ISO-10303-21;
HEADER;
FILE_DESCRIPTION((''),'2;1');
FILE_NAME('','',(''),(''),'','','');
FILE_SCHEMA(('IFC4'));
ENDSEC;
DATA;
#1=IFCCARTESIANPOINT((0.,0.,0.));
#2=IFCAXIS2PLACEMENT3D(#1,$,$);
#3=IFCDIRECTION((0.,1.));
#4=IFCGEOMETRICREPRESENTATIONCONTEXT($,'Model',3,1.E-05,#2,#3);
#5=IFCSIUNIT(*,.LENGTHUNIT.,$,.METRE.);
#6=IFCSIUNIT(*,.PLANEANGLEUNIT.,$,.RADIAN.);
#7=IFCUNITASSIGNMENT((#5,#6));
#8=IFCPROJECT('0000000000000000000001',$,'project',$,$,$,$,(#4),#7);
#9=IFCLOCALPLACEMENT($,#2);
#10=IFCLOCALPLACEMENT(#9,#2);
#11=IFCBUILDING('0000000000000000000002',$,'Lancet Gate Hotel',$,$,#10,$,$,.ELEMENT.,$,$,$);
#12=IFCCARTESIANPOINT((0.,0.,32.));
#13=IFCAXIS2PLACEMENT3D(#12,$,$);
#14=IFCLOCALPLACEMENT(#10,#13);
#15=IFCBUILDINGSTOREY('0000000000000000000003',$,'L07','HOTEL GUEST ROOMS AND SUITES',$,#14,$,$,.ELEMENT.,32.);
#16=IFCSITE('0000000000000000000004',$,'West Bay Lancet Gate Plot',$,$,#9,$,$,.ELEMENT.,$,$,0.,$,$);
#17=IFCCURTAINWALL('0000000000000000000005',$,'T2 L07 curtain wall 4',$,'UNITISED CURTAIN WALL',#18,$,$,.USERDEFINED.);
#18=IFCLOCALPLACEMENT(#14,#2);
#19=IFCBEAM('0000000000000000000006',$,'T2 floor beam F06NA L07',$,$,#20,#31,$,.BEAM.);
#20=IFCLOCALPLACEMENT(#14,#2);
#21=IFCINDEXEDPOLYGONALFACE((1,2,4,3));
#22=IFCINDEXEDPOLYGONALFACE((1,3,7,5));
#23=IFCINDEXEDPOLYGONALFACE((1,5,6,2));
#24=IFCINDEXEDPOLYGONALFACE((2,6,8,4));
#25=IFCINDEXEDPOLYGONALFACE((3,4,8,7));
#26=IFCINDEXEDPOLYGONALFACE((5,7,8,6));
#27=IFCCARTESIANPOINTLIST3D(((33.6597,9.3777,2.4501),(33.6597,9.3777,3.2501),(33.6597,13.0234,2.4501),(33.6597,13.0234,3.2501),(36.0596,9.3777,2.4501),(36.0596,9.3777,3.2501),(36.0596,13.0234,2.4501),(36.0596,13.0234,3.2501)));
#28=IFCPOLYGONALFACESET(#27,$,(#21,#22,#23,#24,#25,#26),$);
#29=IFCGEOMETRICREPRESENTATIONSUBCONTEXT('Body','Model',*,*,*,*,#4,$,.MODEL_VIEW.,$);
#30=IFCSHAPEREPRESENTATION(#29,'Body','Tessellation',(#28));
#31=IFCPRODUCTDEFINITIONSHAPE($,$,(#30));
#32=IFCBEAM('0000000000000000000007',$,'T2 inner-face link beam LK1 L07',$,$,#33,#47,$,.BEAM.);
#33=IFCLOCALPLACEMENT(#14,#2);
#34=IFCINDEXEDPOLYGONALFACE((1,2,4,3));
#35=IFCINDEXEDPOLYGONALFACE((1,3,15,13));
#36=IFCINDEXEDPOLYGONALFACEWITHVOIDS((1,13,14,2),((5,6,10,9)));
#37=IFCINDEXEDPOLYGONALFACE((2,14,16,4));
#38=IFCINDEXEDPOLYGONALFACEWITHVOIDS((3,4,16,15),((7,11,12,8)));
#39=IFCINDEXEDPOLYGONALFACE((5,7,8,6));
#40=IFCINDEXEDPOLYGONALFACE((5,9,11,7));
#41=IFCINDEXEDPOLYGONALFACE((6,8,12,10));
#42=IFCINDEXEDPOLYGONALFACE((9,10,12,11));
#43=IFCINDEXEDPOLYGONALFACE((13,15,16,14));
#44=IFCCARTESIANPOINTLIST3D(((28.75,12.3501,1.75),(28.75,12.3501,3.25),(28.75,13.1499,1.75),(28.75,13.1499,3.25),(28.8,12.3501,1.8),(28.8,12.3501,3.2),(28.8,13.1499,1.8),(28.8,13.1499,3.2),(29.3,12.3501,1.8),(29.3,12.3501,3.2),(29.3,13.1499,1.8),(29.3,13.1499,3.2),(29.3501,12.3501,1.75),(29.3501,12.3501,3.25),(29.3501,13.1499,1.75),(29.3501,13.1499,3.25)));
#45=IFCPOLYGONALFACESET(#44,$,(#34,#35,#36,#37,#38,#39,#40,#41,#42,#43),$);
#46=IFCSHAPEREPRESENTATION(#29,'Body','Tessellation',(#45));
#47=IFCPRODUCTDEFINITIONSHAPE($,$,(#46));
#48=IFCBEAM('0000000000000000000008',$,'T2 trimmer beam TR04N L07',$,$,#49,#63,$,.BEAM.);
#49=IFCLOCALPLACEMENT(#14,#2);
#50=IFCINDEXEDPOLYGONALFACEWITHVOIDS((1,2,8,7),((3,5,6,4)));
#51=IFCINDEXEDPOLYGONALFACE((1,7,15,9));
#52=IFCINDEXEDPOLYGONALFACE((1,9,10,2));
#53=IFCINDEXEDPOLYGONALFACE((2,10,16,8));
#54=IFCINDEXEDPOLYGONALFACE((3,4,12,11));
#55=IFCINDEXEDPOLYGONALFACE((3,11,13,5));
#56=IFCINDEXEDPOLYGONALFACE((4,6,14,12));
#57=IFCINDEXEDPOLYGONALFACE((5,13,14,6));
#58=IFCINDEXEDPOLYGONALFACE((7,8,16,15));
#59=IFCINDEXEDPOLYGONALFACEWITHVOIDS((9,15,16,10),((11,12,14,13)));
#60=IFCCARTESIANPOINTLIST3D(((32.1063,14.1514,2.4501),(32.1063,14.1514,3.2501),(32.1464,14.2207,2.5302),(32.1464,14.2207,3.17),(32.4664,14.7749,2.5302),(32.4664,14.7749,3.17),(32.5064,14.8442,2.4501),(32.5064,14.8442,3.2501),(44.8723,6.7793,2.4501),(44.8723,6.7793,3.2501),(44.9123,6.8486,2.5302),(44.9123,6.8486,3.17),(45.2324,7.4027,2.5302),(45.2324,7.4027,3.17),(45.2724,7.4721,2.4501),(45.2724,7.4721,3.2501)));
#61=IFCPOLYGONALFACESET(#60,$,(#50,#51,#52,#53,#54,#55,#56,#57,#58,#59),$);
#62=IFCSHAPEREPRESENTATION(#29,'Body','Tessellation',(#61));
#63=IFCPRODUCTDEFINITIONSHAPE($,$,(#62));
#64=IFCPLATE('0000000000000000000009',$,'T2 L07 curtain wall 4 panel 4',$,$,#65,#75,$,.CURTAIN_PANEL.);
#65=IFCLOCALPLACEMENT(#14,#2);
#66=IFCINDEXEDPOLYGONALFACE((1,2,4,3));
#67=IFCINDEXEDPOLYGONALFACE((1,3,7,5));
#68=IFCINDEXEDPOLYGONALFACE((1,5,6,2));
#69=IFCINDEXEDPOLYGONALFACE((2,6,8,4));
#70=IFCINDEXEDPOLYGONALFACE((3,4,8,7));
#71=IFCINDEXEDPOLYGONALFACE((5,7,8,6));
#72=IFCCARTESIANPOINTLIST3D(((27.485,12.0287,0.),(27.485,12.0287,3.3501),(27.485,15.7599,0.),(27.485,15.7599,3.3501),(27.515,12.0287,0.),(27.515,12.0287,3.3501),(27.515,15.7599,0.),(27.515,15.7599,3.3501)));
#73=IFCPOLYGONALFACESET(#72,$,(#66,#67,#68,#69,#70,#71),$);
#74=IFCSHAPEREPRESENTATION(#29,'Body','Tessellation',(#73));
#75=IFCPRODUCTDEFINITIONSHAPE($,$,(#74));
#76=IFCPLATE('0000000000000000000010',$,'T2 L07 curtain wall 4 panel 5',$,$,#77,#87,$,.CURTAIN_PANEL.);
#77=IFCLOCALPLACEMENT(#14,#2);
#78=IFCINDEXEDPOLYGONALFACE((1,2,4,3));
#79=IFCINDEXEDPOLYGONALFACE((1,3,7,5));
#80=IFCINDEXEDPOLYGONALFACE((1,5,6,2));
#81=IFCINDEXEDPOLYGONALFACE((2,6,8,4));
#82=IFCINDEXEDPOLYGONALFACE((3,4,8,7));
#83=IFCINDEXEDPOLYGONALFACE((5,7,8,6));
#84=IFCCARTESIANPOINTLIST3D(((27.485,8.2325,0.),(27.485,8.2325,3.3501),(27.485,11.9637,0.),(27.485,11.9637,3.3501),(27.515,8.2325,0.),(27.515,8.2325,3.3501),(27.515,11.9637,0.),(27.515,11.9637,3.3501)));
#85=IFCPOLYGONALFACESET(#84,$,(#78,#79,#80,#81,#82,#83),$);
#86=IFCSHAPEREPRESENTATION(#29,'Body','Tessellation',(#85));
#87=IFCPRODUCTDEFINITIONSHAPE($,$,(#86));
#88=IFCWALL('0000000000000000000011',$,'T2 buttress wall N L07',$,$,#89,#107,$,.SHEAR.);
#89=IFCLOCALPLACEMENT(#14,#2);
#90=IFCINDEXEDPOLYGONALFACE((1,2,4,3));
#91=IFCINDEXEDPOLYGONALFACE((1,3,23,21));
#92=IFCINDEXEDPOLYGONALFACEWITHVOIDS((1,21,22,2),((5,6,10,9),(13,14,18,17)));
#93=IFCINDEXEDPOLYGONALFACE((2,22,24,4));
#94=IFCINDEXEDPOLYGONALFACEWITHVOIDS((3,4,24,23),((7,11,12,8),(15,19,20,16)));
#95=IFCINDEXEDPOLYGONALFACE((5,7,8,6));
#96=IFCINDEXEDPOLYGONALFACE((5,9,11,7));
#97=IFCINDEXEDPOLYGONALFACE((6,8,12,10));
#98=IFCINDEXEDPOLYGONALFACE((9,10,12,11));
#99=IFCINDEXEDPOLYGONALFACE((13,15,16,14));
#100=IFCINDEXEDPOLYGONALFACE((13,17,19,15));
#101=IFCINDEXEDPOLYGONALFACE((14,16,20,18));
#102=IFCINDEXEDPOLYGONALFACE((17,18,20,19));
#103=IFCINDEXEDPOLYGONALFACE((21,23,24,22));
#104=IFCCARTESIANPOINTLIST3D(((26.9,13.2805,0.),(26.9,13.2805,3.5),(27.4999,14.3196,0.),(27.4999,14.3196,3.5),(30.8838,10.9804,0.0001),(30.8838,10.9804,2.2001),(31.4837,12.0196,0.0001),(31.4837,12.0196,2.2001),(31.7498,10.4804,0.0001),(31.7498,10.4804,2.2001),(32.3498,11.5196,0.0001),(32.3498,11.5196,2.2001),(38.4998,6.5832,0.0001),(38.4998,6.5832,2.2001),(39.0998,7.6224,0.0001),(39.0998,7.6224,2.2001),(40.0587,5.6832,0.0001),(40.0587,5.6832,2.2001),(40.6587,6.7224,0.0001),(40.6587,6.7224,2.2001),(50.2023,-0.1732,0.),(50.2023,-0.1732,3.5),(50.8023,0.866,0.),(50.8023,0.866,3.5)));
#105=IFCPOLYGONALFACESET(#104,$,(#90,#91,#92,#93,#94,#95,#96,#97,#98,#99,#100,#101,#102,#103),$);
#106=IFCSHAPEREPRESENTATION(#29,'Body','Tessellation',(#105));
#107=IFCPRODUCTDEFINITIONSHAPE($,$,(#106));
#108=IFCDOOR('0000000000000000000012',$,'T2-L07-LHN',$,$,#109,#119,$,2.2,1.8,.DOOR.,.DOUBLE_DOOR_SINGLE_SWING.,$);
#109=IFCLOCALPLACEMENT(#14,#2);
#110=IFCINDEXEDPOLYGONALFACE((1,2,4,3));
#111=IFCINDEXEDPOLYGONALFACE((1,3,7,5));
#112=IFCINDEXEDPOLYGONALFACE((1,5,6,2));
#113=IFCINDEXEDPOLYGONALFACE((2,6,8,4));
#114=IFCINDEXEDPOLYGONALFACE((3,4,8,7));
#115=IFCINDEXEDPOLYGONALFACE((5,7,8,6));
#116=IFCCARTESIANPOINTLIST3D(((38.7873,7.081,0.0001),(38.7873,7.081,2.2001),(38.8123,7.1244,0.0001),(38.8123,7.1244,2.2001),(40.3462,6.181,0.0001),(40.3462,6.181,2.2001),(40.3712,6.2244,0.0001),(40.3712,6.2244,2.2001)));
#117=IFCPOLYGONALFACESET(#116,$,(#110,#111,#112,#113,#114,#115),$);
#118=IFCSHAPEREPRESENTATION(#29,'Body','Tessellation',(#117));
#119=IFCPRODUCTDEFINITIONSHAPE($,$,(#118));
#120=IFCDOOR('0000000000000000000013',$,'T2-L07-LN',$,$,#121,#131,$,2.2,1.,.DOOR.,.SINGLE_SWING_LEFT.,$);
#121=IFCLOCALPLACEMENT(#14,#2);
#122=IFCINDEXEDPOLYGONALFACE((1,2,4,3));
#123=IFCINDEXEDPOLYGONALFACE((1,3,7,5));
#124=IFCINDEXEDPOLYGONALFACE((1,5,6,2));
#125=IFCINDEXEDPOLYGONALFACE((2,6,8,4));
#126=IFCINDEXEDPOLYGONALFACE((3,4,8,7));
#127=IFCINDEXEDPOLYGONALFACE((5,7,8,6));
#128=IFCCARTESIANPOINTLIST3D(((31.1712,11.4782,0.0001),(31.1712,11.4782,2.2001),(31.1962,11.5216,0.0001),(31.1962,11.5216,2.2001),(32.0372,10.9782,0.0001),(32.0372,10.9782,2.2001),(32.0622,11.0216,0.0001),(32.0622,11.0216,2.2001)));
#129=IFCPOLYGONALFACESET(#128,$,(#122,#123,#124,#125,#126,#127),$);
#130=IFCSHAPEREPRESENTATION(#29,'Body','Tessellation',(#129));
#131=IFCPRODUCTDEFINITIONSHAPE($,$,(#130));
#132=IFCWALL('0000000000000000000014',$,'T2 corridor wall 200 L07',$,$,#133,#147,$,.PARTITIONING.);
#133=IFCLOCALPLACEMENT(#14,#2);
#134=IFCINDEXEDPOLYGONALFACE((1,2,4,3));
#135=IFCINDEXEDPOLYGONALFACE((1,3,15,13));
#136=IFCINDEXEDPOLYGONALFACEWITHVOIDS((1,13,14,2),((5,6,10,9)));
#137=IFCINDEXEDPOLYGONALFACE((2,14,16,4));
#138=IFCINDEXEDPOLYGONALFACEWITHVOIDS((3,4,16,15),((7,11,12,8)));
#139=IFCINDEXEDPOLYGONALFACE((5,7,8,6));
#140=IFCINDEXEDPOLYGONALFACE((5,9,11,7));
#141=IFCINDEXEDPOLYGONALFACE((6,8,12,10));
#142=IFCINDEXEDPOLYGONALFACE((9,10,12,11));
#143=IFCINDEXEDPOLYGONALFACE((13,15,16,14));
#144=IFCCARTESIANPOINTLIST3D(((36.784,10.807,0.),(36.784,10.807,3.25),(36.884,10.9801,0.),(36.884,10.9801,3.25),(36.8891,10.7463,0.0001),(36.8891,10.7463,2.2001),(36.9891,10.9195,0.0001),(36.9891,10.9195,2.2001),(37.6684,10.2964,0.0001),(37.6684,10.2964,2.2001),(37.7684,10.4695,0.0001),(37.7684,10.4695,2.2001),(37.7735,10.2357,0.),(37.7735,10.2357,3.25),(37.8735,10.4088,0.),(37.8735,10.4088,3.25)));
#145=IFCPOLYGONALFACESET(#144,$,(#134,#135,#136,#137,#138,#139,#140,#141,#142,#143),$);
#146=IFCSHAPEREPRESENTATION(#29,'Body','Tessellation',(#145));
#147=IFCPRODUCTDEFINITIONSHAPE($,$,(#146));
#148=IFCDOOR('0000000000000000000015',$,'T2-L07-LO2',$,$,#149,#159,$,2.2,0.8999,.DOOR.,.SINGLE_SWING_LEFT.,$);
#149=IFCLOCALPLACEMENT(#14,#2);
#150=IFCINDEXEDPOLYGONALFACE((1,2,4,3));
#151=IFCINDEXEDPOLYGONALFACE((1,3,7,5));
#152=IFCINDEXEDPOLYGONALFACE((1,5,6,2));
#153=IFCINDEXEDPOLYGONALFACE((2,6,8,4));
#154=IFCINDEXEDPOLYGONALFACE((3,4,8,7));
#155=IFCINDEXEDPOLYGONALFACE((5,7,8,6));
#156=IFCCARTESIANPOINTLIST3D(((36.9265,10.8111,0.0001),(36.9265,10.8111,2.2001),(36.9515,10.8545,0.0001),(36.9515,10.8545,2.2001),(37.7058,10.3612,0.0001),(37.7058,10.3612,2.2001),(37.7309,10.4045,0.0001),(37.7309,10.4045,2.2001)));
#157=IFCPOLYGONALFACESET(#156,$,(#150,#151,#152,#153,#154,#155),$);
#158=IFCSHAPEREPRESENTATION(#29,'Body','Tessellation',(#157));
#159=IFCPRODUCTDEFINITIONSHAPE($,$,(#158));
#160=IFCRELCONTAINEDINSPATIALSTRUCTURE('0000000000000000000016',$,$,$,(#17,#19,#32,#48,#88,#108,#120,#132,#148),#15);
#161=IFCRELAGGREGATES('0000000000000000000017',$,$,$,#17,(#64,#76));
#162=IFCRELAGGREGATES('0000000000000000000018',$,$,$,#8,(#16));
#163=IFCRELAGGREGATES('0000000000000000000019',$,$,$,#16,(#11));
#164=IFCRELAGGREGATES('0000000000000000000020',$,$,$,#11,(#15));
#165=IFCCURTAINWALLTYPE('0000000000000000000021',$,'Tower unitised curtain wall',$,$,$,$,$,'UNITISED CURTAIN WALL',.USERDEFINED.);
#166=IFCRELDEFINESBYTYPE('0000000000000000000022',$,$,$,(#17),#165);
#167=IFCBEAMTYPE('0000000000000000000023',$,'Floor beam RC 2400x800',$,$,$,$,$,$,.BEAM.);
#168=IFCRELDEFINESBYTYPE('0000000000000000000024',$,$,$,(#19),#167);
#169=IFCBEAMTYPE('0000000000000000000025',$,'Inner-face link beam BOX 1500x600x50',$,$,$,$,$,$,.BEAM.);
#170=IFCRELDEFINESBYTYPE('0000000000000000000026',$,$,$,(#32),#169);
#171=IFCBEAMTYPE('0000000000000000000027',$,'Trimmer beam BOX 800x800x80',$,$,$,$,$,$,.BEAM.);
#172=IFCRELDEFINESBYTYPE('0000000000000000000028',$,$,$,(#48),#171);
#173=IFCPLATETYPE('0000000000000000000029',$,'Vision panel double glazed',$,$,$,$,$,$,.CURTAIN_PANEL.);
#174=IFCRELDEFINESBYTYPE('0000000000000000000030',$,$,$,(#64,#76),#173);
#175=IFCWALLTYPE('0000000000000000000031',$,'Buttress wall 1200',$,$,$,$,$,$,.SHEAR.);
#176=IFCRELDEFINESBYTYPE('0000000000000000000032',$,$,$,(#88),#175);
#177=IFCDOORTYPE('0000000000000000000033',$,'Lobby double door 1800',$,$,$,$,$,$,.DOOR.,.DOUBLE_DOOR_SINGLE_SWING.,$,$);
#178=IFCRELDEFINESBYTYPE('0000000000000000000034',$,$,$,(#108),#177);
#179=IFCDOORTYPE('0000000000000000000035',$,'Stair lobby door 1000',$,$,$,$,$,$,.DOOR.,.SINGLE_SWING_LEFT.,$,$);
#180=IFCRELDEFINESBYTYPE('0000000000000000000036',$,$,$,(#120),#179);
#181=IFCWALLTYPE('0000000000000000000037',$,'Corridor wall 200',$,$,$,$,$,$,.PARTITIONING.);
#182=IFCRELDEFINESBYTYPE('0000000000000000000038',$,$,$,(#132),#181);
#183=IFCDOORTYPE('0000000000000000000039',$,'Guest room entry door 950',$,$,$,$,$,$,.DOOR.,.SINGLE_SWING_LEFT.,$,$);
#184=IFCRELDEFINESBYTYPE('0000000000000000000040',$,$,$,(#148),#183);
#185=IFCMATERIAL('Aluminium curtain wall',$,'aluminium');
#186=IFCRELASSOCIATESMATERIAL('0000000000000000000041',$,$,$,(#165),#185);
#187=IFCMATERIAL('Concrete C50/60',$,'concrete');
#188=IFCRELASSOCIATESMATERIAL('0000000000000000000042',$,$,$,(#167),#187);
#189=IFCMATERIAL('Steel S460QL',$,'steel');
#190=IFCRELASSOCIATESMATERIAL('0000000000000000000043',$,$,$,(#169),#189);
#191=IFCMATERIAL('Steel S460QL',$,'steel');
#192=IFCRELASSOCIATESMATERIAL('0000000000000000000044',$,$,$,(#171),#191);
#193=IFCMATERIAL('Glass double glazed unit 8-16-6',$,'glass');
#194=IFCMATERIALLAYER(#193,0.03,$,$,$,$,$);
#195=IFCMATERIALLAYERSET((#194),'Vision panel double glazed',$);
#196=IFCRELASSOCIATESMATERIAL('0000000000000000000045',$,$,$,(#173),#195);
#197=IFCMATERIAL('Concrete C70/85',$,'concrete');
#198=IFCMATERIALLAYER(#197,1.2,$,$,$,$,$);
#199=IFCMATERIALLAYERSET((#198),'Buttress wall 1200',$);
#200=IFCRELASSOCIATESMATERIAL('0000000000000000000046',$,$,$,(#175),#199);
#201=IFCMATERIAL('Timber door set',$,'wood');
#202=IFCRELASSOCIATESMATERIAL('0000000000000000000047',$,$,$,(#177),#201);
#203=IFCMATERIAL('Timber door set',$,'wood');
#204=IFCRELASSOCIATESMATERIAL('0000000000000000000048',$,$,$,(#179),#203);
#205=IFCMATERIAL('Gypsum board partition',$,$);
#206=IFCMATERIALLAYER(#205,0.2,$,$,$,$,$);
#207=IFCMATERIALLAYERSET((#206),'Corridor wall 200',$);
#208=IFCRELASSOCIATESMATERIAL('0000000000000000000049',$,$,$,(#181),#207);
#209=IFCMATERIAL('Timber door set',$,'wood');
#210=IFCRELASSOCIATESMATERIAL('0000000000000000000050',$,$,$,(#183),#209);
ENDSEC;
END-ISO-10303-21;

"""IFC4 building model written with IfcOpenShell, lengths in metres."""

from ifc_helpers import new_model, si_unit, direction, frame, frame_2d, origin, origin_2d, place, context, subcontext, project, spatial, rectangle, hollow_rectangle, extrude, material, layer, layer_set, material_profile, profile_set, type_object, element, fill, aggregate, save


model = new_model("IFC4")

# Units and contexts
model_context = context("Model", 3, precision=1e-05, world=origin(), true_north=direction((0.0, 1.0)))
body_context = subcontext(model_context, "Body", "Model", "MODEL_VIEW")
ifc_project = project(units=[si_unit("LENGTHUNIT", "METRE"), si_unit("PLANEANGLEUNIT", "RADIAN")], contexts=[model_context])

# Site, building, storey
site_placement = place(None, origin())
site = spatial("IfcSite", under=ifc_project, at=site_placement, Name="West Bay Lancet Gate Plot", CompositionType="ELEMENT", RefElevation=0.0)
building_placement = place(site_placement, origin())
building = spatial("IfcBuilding", under=site, at=building_placement, Name="Lancet Gate Hotel", CompositionType="ELEMENT")
storey_placement = place(building_placement, frame((0.0, 0.0, 32.0)))
storey = spatial("IfcBuildingStorey", under=building, at=storey_placement, Name="L07", Description="HOTEL GUEST ROOMS AND SUITES", CompositionType="ELEMENT", Elevation=32.0)

# Curtain wall
ifc_material_1 = material(Name="Aluminium curtain wall", Category="aluminium")
curtain_wall_type = type_object("IfcCurtainWallType", Name="Tower unitised curtain wall", ElementType="UNITISED CURTAIN WALL", PredefinedType="USERDEFINED", material=ifc_material_1)
curtain_wall_placement = place(storey_placement, origin())
curtain_wall = element("IfcCurtainWall", 1, at=curtain_wall_placement, inside=storey, type_object=curtain_wall_type, Name="T2 L07 curtain wall 4", ObjectType="UNITISED CURTAIN WALL", PredefinedType="USERDEFINED")

# Beams
ifc_material_2 = material(Name="Concrete C50/60", Category="concrete")
ifc_material_profile_1 = material_profile(ifc_material_2, rectangle(XDim=2.3999, YDim=0.8, at=origin_2d()), Name="RC 2400x800")
ifc_profile_set_1 = profile_set([ifc_material_profile_1], Name="Concrete C50/60")
beam_type_1 = type_object("IfcBeamType", Name="Floor beam RC 2400x800", PredefinedType="BEAM", material=ifc_profile_set_1)
beam_1_placement = place(storey_placement, frame((34.8596, 9.3777, 2.8501), z_axis=(0.0, 1.0, 0.0), x_axis=(-1.0, 0.0, 0.0)))
element("IfcBeam", 2, at=beam_1_placement, inside=storey, type_object=beam_type_1, Name="T2 floor beam F06NA L07", PredefinedType="BEAM", context=body_context, shape_type="SweptSolid", body=[
    extrude(rectangle(XDim=2.3999, YDim=0.8, at=origin_2d()), origin(), (0.0, 0.0, 1.0), 3.6458),
])
ifc_material_3 = material(Name="Steel S460QL", Category="steel")
ifc_material_profile_2 = material_profile(ifc_material_3, hollow_rectangle(XDim=0.6001, YDim=1.5, WallThickness=0.05, at=origin_2d()), Name="BOX 1500x600x50")
ifc_profile_set_2 = profile_set([ifc_material_profile_2], Name="Steel S460QL")
beam_type_2 = type_object("IfcBeamType", Name="Inner-face link beam BOX 1500x600x50", PredefinedType="BEAM", material=ifc_profile_set_2)
beam_2_placement = place(storey_placement, frame((29.05, 12.3501, 2.5), z_axis=(0.0, 1.0, 0.0), x_axis=(-1.0, 0.0, 0.0)))
element("IfcBeam", 3, at=beam_2_placement, inside=storey, type_object=beam_type_2, Name="T2 inner-face link beam LK1 L07", PredefinedType="BEAM", context=body_context, shape_type="SweptSolid", body=[
    extrude(hollow_rectangle(XDim=0.6001, YDim=1.5, WallThickness=0.05, at=origin_2d()), origin(), (0.0, 0.0, 1.0), 0.7998),
])
ifc_material_4 = material(Name="Steel S460QL", Category="steel")
ifc_material_profile_3 = material_profile(ifc_material_4, hollow_rectangle(XDim=0.8, YDim=0.8, WallThickness=0.0801, at=origin_2d()), Name="BOX 800x800x80")
ifc_profile_set_3 = profile_set([ifc_material_profile_3], Name="Steel S460QL")
beam_type_3 = type_object("IfcBeamType", Name="Trimmer beam BOX 800x800x80", PredefinedType="BEAM", material=ifc_profile_set_3)
beam_3_placement = place(storey_placement, frame((32.3064, 14.4978, 2.8501), z_axis=(0.865976, -0.500086, 0.0), x_axis=(0.500086, 0.865976, 0.0)))
element("IfcBeam", 4, at=beam_3_placement, inside=storey, type_object=beam_type_3, Name="T2 trimmer beam TR04N L07", PredefinedType="BEAM", context=body_context, shape_type="SweptSolid", body=[
    extrude(hollow_rectangle(XDim=0.8, YDim=0.8, WallThickness=0.0801, at=origin_2d()), origin(), (0.0, 0.0, 1.0), 14.7417),
])

# Plates
ifc_material_5 = material(Name="Glass double glazed unit 8-16-6", Category="glass")
ifc_layer_1 = layer(ifc_material_5, 0.03)
ifc_layer_set_1 = layer_set([ifc_layer_1], Name="Vision panel double glazed")
plate_type = type_object("IfcPlateType", Name="Vision panel double glazed", PredefinedType="CURTAIN_PANEL", material=ifc_layer_set_1)
plate_1_placement = place(storey_placement, frame((27.5, 13.8943, 0.0), z_axis=(0.0, 0.0, 1.0), x_axis=(0.0, -1.0, 0.0)))
plate_1 = element("IfcPlate", 5, at=plate_1_placement, type_object=plate_type, Name="T2 L07 curtain wall 4 panel 4", PredefinedType="CURTAIN_PANEL", context=body_context, shape_type="SweptSolid", body=[
    extrude(rectangle(XDim=3.7312, YDim=0.03, at=origin_2d()), origin(), (0.0, 0.0, 1.0), 3.3501),
])
plate_2_placement = place(storey_placement, frame((27.5, 10.0981, 0.0), z_axis=(0.0, 0.0, 1.0), x_axis=(0.0, -1.0, 0.0)))
plate_2 = element("IfcPlate", 6, at=plate_2_placement, type_object=plate_type, Name="T2 L07 curtain wall 4 panel 5", PredefinedType="CURTAIN_PANEL", context=body_context, shape_type="SweptSolid", body=[
    extrude(rectangle(XDim=3.7312, YDim=0.03, at=origin_2d()), origin(), (0.0, 0.0, 1.0), 3.3501),
])
aggregate(curtain_wall, [plate_1, plate_2])

# Wall, openings, doors
ifc_material_6 = material(Name="Concrete C70/85", Category="concrete")
ifc_layer_2 = layer(ifc_material_6, 1.2)
ifc_layer_set_2 = layer_set([ifc_layer_2], Name="Buttress wall 1200")
wall_type_1 = type_object("IfcWallType", Name="Buttress wall 1200", PredefinedType="SHEAR", material=ifc_layer_set_2)
wall_1_placement = place(storey_placement, frame((27.2, 13.8, 0.0), z_axis=(0.0, 0.0, 1.0), x_axis=(0.866025, -0.500002, 0.0)))
wall_1 = element("IfcWall", 7, at=wall_1_placement, inside=storey, type_object=wall_type_1, Name="T2 buttress wall N L07", PredefinedType="SHEAR", context=body_context, shape_type="SweptSolid", body=[
    extrude(rectangle(XDim=26.9072, YDim=1.2, at=frame_2d((13.4536, 0.0))), origin(), (0.0, 0.0, 1.0), 3.5),
])
opening_1_placement = place(wall_1_placement, frame((4.6001, 0.0, 0.0)))
opening_1 = element("IfcOpeningElement", 8, at=opening_1_placement, cuts=wall_1, PredefinedType="OPENING", context=body_context, shape_type="SweptSolid", body=[
    extrude(rectangle(XDim=1.0, YDim=2.2, at=frame_2d((0.5, 1.1001))), frame((0.0, 0.6099, 0.0), z_axis=(0.0, -1.0, 0.0), x_axis=(1.0, 0.0, 0.0)), (0.0, 0.0, 1.0), 1.22),
])
opening_2_placement = place(wall_1_placement, frame((13.3945, 0.0, 0.0)))
opening_2 = element("IfcOpeningElement", 9, at=opening_2_placement, cuts=wall_1, PredefinedType="OPENING", context=body_context, shape_type="SweptSolid", body=[
    extrude(rectangle(XDim=1.8, YDim=2.2, at=frame_2d((0.8999, 1.1001))), frame((0.0, 0.6099, 0.0), z_axis=(0.0, -1.0, 0.0), x_axis=(1.0, 0.0, 0.0)), (0.0, 0.0, 1.0), 1.22),
])
ifc_material_7 = material(Name="Timber door set", Category="wood")
door_type_1 = type_object("IfcDoorType", Name="Lobby double door 1800", OperationType="DOUBLE_DOOR_SINGLE_SWING", PredefinedType="DOOR", material=ifc_material_7)
door_1_placement = place(opening_2_placement, origin())
door_1 = element("IfcDoor", 10, at=door_1_placement, inside=storey, type_object=door_type_1, Name="T2-L07-LHN", OperationType="DOUBLE_DOOR_SINGLE_SWING", OverallHeight=2.2, OverallWidth=1.8, PredefinedType="DOOR", context=body_context, shape_type="SweptSolid", body=[
    extrude(rectangle(XDim=1.8, YDim=2.2, at=frame_2d((0.8999, 1.1001))), frame((0.0, 0.0249, 0.0), z_axis=(0.0, -1.0, 0.0), x_axis=(1.0, 0.0, 0.0)), (0.0, 0.0, 1.0), 0.05),
])
fill(opening_2, door_1)
ifc_material_8 = material(Name="Timber door set", Category="wood")
door_type_2 = type_object("IfcDoorType", Name="Stair lobby door 1000", OperationType="SINGLE_SWING_LEFT", PredefinedType="DOOR", material=ifc_material_8)
door_2_placement = place(opening_1_placement, origin())
door_2 = element("IfcDoor", 11, at=door_2_placement, inside=storey, type_object=door_type_2, Name="T2-L07-LN", OperationType="SINGLE_SWING_LEFT", OverallHeight=2.2, OverallWidth=1.0, PredefinedType="DOOR", context=body_context, shape_type="SweptSolid", body=[
    extrude(rectangle(XDim=1.0, YDim=2.2, at=frame_2d((0.5, 1.1001))), frame((0.0, 0.0249, 0.0), z_axis=(0.0, -1.0, 0.0), x_axis=(1.0, 0.0, 0.0)), (0.0, 0.0, 1.0), 0.05),
])
fill(opening_1, door_2)

# Wall, opening, door
ifc_material_9 = material(Name="Gypsum board partition")
ifc_layer_3 = layer(ifc_material_9, 0.2)
ifc_layer_set_3 = layer_set([ifc_layer_3], Name="Corridor wall 200")
wall_type_2 = type_object("IfcWallType", Name="Corridor wall 200", PredefinedType="PARTITIONING", material=ifc_layer_set_3)
wall_2_placement = place(storey_placement, frame((36.834, 10.8936, 0.0), z_axis=(0.0, 0.0, 1.0), x_axis=(0.866025, -0.5, 0.0)))
wall_2 = element("IfcWall", 12, at=wall_2_placement, inside=storey, type_object=wall_type_2, Name="T2 corridor wall 200 L07", PredefinedType="PARTITIONING", context=body_context, shape_type="SweptSolid", body=[
    extrude(rectangle(XDim=1.1426, YDim=0.2, at=frame_2d((0.5713, 0.0))), origin(), (0.0, 0.0, 1.0), 3.25),
])
opening_3_placement = place(wall_2_placement, frame((0.1213, 0.0, 0.0)))
opening_3 = element("IfcOpeningElement", 13, at=opening_3_placement, cuts=wall_2, PredefinedType="OPENING", context=body_context, shape_type="SweptSolid", body=[
    extrude(rectangle(XDim=0.8999, YDim=2.2, at=frame_2d((0.45, 1.1001))), frame((0.0, 0.1099, 0.0), z_axis=(0.0, -1.0, 0.0), x_axis=(1.0, 0.0, 0.0)), (0.0, 0.0, 1.0), 0.22),
])
ifc_material_10 = material(Name="Timber door set", Category="wood")
door_type_3 = type_object("IfcDoorType", Name="Guest room entry door 950", OperationType="SINGLE_SWING_LEFT", PredefinedType="DOOR", material=ifc_material_10)
door_3_placement = place(opening_3_placement, origin())
door_3 = element("IfcDoor", 14, at=door_3_placement, inside=storey, type_object=door_type_3, Name="T2-L07-LO2", OperationType="SINGLE_SWING_LEFT", OverallHeight=2.2, OverallWidth=0.8999, PredefinedType="DOOR", context=body_context, shape_type="SweptSolid", body=[
    extrude(rectangle(XDim=0.8999, YDim=2.2, at=frame_2d((0.45, 1.1001))), frame((0.0, 0.0249, 0.0), z_axis=(0.0, -1.0, 0.0), x_axis=(1.0, 0.0, 0.0)), (0.0, 0.0, 1.0), 0.05),
])
fill(opening_3, door_3)

save(model, "model.ifc")
